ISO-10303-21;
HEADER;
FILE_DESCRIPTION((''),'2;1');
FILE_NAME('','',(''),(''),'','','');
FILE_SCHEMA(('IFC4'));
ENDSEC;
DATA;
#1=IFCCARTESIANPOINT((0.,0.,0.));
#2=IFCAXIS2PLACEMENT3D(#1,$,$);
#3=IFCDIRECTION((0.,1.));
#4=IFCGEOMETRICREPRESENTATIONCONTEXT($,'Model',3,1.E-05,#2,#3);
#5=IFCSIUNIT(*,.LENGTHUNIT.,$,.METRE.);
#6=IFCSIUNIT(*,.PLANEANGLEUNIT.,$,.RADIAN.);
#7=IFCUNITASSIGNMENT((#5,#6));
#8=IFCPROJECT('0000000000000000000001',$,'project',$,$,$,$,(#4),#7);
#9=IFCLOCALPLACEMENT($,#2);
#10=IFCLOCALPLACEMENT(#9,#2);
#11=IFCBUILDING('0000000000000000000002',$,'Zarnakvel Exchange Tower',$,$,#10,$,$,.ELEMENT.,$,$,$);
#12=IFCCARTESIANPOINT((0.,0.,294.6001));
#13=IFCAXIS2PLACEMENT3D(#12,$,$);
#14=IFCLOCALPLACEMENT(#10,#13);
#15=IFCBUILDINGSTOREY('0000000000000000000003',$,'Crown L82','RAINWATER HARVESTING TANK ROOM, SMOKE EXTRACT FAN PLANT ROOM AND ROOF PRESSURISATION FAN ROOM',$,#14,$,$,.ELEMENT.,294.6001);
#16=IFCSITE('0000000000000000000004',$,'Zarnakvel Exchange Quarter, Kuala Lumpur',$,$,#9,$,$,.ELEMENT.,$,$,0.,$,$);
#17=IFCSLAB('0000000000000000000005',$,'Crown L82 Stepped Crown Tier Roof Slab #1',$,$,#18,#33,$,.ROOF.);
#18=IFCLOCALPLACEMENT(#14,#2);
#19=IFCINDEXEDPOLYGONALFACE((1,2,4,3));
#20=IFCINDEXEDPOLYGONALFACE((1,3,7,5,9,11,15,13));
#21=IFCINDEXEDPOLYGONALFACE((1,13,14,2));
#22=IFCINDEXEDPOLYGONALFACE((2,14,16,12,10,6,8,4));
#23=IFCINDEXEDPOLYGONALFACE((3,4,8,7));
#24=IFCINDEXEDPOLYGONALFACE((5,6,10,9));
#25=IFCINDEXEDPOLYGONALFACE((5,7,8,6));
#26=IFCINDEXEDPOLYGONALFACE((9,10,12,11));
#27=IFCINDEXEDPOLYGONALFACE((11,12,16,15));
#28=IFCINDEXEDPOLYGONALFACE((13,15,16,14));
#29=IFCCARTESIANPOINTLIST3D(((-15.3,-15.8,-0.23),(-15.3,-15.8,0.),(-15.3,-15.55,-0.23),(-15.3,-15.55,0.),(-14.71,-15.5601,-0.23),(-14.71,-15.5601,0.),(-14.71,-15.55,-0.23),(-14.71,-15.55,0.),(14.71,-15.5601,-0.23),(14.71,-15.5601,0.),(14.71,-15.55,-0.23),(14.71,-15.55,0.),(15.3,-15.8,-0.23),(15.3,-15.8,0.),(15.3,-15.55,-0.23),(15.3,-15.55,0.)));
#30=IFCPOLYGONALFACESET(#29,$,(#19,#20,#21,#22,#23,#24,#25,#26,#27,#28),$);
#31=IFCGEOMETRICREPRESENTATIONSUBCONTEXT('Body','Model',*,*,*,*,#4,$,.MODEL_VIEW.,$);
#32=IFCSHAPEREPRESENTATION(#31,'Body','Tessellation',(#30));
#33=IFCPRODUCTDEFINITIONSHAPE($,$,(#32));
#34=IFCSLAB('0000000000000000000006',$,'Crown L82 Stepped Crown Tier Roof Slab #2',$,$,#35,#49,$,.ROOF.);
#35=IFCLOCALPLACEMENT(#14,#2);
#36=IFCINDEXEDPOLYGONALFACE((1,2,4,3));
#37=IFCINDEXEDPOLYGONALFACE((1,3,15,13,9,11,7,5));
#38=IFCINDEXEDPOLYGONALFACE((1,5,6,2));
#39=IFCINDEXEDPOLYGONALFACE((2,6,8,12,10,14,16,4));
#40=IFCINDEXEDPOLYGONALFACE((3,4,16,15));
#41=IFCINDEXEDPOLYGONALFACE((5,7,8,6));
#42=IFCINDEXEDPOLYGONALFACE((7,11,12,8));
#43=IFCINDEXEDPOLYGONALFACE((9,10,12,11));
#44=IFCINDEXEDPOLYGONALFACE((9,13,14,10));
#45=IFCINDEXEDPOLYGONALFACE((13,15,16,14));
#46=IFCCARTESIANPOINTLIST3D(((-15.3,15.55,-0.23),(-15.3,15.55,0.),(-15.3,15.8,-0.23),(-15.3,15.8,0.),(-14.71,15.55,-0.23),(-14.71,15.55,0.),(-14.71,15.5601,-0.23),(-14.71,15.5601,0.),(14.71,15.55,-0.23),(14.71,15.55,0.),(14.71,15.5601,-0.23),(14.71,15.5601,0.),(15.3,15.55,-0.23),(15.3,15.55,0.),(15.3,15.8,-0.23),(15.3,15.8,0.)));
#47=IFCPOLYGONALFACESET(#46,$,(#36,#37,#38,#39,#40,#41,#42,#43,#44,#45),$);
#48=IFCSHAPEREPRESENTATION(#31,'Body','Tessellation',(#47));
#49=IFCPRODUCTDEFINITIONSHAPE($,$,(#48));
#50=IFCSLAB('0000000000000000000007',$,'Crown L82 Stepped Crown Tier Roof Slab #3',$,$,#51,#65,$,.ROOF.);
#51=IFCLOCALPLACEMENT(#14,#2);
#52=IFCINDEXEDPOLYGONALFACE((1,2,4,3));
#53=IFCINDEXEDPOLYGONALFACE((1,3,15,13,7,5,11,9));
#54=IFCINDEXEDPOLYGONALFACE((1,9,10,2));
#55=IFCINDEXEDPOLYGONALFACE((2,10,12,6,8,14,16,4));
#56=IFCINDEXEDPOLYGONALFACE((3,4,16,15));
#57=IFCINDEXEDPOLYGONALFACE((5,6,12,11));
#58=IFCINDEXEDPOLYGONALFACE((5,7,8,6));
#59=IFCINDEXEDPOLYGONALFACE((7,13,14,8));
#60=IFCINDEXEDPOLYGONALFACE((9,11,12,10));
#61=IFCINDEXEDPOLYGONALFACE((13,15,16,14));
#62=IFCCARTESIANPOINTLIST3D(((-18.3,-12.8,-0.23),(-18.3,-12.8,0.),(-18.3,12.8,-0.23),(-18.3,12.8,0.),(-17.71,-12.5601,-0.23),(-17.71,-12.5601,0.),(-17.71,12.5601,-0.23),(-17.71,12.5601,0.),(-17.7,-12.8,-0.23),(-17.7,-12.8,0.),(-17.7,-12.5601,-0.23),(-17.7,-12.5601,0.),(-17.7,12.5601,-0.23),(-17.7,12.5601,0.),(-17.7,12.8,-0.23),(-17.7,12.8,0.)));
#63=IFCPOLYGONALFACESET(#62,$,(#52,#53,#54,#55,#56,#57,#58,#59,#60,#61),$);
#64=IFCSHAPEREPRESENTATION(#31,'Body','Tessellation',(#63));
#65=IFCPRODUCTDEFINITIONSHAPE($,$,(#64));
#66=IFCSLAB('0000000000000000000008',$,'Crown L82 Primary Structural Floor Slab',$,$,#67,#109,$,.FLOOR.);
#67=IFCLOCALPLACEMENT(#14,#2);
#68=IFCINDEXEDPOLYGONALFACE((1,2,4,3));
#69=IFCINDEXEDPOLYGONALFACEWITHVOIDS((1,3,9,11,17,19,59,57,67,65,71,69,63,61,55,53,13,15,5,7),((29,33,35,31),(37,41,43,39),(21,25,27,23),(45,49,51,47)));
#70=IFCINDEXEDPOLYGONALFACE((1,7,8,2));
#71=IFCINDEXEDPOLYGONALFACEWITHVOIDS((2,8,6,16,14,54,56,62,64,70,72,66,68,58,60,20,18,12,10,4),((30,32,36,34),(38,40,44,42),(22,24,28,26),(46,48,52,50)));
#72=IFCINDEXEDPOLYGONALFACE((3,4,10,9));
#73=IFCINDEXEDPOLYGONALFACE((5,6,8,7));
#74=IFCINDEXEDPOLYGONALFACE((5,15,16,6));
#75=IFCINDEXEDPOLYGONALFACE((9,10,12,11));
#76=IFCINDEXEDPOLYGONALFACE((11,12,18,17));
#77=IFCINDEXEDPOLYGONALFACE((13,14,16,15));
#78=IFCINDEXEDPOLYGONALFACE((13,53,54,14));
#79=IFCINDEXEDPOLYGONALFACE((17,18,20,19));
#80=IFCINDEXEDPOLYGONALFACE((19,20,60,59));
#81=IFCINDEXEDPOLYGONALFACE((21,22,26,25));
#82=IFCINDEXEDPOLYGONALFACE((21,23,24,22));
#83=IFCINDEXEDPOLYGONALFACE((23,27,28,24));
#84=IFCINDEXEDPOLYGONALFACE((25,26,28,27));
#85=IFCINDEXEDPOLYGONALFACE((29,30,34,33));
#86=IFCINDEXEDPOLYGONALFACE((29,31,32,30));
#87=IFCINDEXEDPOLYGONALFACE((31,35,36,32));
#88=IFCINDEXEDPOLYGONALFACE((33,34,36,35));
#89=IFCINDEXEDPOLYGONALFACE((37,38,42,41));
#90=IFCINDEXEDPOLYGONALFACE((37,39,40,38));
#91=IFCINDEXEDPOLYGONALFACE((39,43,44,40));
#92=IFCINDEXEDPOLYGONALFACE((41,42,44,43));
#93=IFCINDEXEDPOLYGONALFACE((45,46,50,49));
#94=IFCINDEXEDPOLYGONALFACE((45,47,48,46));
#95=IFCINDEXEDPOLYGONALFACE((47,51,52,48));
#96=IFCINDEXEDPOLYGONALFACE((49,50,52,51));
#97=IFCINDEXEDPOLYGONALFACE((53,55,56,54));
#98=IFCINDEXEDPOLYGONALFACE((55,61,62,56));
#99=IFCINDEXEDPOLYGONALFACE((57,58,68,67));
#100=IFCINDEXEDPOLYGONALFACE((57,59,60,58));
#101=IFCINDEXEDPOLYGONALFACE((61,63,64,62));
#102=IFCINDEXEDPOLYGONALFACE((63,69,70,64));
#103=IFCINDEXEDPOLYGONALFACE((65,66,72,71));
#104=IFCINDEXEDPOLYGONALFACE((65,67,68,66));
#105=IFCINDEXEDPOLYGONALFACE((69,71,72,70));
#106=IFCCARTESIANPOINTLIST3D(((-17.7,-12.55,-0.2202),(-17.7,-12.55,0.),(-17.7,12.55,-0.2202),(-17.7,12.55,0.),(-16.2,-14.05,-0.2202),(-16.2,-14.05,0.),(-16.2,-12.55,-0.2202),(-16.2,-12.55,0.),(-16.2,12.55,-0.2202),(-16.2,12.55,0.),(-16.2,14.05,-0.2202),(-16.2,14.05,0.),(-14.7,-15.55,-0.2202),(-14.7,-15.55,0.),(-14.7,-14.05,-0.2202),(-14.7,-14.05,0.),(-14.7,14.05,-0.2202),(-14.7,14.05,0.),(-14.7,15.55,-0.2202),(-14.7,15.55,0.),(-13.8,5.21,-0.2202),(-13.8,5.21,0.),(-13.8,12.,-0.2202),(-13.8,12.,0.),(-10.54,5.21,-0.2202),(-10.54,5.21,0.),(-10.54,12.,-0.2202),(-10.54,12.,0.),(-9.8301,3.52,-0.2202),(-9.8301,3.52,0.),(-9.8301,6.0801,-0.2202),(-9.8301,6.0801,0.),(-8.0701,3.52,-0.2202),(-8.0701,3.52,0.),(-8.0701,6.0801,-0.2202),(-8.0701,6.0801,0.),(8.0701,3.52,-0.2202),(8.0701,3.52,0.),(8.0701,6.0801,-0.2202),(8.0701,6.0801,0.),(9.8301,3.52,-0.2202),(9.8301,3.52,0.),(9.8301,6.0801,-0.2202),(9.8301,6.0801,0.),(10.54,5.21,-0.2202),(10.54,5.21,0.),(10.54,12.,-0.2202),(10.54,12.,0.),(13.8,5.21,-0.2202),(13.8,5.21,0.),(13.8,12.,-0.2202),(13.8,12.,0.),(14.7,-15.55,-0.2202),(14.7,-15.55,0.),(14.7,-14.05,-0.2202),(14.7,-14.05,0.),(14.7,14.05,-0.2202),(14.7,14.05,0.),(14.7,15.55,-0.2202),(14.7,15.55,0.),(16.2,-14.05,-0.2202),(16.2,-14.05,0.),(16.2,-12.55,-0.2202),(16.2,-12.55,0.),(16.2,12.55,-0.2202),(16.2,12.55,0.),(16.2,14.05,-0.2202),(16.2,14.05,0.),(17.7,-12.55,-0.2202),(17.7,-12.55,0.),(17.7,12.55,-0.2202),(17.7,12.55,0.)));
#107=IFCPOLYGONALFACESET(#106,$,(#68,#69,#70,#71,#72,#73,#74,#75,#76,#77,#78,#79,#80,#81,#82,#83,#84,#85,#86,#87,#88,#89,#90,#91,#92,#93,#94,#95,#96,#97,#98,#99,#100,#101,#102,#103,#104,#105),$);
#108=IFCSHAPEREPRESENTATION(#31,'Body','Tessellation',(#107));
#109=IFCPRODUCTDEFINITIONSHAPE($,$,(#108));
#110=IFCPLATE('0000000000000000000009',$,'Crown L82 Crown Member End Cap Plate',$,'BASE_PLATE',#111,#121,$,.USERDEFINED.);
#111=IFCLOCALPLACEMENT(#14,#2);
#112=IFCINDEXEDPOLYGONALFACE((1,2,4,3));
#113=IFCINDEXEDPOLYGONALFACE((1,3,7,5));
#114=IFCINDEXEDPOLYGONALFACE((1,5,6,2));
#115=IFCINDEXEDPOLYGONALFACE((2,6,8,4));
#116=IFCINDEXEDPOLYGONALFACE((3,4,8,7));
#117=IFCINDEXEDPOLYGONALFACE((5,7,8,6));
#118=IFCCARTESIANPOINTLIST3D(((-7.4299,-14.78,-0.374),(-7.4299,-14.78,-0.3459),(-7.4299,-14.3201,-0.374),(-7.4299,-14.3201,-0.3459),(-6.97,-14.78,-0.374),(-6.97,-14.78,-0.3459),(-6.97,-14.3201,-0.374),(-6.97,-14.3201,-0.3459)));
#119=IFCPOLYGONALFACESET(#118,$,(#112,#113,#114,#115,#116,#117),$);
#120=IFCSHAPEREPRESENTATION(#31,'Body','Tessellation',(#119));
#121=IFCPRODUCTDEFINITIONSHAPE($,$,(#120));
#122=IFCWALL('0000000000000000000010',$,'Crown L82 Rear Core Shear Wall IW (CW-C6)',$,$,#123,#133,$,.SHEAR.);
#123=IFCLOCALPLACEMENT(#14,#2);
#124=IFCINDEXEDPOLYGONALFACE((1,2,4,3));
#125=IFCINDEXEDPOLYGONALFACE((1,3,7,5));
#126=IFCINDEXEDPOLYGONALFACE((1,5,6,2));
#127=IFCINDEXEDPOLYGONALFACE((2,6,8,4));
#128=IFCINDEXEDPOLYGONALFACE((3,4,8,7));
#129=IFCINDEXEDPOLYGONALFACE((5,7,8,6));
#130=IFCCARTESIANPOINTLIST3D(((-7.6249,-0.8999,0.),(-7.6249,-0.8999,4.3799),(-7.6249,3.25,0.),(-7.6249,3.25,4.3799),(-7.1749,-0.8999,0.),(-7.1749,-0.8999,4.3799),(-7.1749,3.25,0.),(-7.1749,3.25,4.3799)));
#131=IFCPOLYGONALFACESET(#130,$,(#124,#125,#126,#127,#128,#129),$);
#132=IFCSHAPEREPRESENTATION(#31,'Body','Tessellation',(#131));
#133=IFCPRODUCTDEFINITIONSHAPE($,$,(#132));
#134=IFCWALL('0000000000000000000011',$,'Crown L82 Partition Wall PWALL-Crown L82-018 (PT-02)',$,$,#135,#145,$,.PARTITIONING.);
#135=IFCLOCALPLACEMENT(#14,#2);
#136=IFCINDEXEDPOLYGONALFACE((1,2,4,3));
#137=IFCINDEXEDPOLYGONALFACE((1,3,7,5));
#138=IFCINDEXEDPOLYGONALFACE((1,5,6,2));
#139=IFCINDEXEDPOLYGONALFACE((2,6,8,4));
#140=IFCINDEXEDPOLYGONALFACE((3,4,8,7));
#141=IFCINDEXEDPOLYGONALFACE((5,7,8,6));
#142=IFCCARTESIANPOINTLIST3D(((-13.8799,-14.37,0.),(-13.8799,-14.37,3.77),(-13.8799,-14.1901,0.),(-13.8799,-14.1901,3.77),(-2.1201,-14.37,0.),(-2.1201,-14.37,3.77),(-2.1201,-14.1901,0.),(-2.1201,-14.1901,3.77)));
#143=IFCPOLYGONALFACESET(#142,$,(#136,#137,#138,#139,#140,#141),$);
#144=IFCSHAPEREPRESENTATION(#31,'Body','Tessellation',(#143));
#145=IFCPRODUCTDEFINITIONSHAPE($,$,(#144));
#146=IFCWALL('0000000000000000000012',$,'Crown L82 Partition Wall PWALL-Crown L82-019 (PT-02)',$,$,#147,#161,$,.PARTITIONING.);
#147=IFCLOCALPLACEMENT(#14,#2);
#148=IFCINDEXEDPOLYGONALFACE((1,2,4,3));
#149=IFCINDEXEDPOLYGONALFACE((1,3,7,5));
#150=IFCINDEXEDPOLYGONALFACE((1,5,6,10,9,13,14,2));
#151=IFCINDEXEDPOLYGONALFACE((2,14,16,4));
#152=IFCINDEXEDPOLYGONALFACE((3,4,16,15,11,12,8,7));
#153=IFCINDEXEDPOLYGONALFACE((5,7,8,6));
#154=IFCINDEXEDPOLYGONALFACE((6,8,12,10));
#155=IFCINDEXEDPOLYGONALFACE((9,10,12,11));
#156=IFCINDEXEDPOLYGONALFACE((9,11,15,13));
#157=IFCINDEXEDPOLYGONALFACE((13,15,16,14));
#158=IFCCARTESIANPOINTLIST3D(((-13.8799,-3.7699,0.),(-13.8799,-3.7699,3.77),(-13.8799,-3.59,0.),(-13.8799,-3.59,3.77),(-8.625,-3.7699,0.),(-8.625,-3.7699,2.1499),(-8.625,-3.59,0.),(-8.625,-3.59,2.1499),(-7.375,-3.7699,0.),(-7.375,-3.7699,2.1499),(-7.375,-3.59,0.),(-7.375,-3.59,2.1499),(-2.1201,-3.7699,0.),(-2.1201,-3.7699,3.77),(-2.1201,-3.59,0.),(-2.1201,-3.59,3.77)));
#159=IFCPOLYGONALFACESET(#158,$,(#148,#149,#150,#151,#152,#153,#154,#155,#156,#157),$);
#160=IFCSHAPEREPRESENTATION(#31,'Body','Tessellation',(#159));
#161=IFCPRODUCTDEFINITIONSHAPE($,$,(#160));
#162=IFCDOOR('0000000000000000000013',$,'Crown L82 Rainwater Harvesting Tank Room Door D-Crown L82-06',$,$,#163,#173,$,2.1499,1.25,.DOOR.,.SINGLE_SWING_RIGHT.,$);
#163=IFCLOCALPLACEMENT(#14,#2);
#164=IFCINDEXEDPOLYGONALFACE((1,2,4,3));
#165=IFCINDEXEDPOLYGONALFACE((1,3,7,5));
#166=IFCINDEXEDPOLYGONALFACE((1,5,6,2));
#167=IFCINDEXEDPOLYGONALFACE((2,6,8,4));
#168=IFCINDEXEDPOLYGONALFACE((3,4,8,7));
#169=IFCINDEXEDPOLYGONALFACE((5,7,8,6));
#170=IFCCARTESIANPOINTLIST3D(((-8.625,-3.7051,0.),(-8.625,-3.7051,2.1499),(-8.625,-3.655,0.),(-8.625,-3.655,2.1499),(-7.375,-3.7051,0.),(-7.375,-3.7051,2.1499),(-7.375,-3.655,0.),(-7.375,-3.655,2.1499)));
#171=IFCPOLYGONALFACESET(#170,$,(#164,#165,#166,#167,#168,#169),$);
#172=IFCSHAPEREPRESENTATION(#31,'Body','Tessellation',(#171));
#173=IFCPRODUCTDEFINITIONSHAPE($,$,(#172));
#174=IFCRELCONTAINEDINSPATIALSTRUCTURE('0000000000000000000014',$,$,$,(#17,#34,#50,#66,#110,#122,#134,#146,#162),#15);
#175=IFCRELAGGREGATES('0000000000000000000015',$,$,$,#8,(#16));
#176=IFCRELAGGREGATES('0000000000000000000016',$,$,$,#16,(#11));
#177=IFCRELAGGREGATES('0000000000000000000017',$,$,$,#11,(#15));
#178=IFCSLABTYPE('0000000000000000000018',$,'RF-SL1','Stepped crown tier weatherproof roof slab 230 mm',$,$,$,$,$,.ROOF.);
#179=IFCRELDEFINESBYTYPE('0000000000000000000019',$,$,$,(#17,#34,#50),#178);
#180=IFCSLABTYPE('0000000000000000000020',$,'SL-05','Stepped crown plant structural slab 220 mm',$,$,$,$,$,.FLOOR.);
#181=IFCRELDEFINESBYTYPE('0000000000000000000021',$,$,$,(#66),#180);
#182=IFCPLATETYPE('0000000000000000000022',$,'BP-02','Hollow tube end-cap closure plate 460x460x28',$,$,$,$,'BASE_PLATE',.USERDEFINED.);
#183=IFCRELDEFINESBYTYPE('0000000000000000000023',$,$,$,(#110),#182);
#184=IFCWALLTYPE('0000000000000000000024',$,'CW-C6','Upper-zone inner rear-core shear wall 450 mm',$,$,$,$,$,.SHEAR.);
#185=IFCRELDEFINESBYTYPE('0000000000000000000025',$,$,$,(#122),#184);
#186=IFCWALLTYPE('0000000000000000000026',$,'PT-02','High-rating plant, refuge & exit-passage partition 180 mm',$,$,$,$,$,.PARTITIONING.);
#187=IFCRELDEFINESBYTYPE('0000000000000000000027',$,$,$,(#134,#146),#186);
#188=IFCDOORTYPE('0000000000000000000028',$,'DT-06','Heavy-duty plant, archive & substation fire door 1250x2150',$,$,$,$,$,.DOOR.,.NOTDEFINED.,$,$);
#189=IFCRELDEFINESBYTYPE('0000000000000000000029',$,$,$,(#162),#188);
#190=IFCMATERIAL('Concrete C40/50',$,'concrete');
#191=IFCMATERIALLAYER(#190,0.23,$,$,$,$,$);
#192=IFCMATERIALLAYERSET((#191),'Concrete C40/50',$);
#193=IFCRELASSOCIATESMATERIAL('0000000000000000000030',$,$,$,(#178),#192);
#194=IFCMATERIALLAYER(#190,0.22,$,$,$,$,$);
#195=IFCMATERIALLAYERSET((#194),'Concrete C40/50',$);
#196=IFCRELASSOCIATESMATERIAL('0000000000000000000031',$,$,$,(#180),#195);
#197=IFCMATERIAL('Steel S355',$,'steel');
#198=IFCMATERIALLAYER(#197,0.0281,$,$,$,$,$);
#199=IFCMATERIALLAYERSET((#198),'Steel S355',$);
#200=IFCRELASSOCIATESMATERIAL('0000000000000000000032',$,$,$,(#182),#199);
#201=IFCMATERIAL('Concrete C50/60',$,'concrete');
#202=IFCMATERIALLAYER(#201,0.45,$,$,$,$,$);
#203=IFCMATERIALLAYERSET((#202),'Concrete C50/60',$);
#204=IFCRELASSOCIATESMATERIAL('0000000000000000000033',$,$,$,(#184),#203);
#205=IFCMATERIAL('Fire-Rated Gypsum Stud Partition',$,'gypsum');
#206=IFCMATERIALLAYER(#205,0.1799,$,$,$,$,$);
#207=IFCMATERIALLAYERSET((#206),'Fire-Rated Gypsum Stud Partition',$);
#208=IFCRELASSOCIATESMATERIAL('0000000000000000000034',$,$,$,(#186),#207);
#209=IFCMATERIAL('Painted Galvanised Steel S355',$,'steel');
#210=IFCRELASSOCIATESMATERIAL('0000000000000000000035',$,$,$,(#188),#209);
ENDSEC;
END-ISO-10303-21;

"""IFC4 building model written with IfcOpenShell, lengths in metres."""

from ifc_helpers import new_model, si_unit, direction, frame, frame_2d, origin, origin_2d, place, context, subcontext, project, spatial, polyline, rectangle, outline, extrude, source, transform, mapped, material, layer, layer_set, type_object, element, fill, save


model = new_model("IFC4")

# Units and contexts
model_context = context("Model", 3, precision=1e-05, world=origin(), true_north=direction((0.0, 1.0)))
body_context = subcontext(model_context, "Body", "Model", "MODEL_VIEW")
ifc_project = project(units=[si_unit("LENGTHUNIT", "METRE"), si_unit("PLANEANGLEUNIT", "RADIAN")], contexts=[model_context])

# Site, building, storey
site_placement = place(None, origin())
site = spatial("IfcSite", under=ifc_project, at=site_placement, Name="Zarnakvel Exchange Quarter, Kuala Lumpur", CompositionType="ELEMENT", RefElevation=0.0)
building_placement = place(site_placement, origin())
building = spatial("IfcBuilding", under=site, at=building_placement, Name="Zarnakvel Exchange Tower", CompositionType="ELEMENT")
storey_placement = place(building_placement, frame((0.0, 0.0, 294.6001)))
storey = spatial("IfcBuildingStorey", under=building, at=storey_placement, Name="Crown L82", Description="RAINWATER HARVESTING TANK ROOM, SMOKE EXTRACT FAN PLANT ROOM AND ROOF PRESSURISATION FAN ROOM", CompositionType="ELEMENT", Elevation=294.6001)

# Shared definitions
ifc_material_1 = material(Name="Concrete C50/60", Category="concrete")

# Shared definitions
ifc_material_2 = material(Name="Steel S355", Category="steel")

# Slabs
ifc_material_3 = material(Name="Concrete C40/50", Category="concrete")
ifc_layer_1 = layer(ifc_material_3, 0.23)
ifc_layer_set_1 = layer_set([ifc_layer_1], Name="Concrete C40/50")
slab_type_1 = type_object("IfcSlabType", Name="RF-SL1", Description="Stepped crown tier weatherproof roof slab 230 mm", PredefinedType="ROOF", material=ifc_layer_set_1)
slab_1_placement = place(storey_placement, frame((0.0, 0.0, -0.23)))
element("IfcSlab", 1, at=slab_1_placement, inside=storey, type_object=slab_type_1, Name="Crown L82 Stepped Crown Tier Roof Slab #1", PredefinedType="ROOF", context=body_context, shape_type="SweptSolid", body=[
    extrude(outline(polyline([(15.3, -15.8), (-15.3, -15.8), (-15.3, -15.55), (-14.71, -15.55), (-14.71, -15.5601), (14.71, -15.5601), (14.71, -15.55), (15.3, -15.55), (15.3, -15.8)])), origin(), (0.0, 0.0, 1.0), 0.23),
])
slab_2_placement = place(storey_placement, frame((0.0, 0.0, -0.23)))
element("IfcSlab", 2, at=slab_2_placement, inside=storey, type_object=slab_type_1, Name="Crown L82 Stepped Crown Tier Roof Slab #2", PredefinedType="ROOF", context=body_context, shape_type="SweptSolid", body=[
    extrude(outline(polyline([(-15.3, 15.8), (15.3, 15.8), (15.3, 15.55), (14.71, 15.55), (14.71, 15.5601), (-14.71, 15.5601), (-14.71, 15.55), (-15.3, 15.55), (-15.3, 15.8)])), origin(), (0.0, 0.0, 1.0), 0.23),
])
slab_3_placement = place(storey_placement, frame((0.0, 0.0, -0.23)))
element("IfcSlab", 3, at=slab_3_placement, inside=storey, type_object=slab_type_1, Name="Crown L82 Stepped Crown Tier Roof Slab #3", PredefinedType="ROOF", context=body_context, shape_type="SweptSolid", body=[
    extrude(outline(polyline([(-17.7, 12.8), (-17.7, 12.5601), (-17.71, 12.5601), (-17.71, -12.5601), (-17.7, -12.5601), (-17.7, -12.8), (-18.3, -12.8), (-18.3, 12.8), (-17.7, 12.8)])), origin(), (0.0, 0.0, 1.0), 0.23),
])
ifc_layer_2 = layer(ifc_material_3, 0.22)
ifc_layer_set_2 = layer_set([ifc_layer_2], Name="Concrete C40/50")
slab_type_2 = type_object("IfcSlabType", Name="SL-05", Description="Stepped crown plant structural slab 220 mm", PredefinedType="FLOOR", material=ifc_layer_set_2)
slab_4_placement = place(storey_placement, frame((0.0, 0.0, -0.2202)))
element("IfcSlab", 4, at=slab_4_placement, inside=storey, type_object=slab_type_2, Name="Crown L82 Primary Structural Floor Slab", PredefinedType="FLOOR", context=body_context, shape_type="SweptSolid", body=[
    extrude(outline(polyline([(-17.7, -12.55), (-16.2, -12.55), (-16.2, -14.05), (-14.7, -14.05), (-14.7, -15.55), (14.7, -15.55), (14.7, -14.05), (16.2, -14.05), (16.2, -12.55), (17.7, -12.55), (17.7, 12.55), (16.2, 12.55), (16.2, 14.05), (14.7, 14.05), (14.7, 15.55), (-14.7, 15.55), (-14.7, 14.05), (-16.2, 14.05), (-16.2, 12.55), (-17.7, 12.55), (-17.7, -12.55)]), holes=[polyline([(-13.8, 5.21), (-10.54, 5.21), (-10.54, 12.0), (-13.8, 12.0), (-13.8, 5.21)]), polyline([(10.54, 5.21), (13.8, 5.21), (13.8, 12.0), (10.54, 12.0), (10.54, 5.21)]), polyline([(-9.8301, 3.52), (-8.0701, 3.52), (-8.0701, 6.0801), (-9.8301, 6.0801), (-9.8301, 3.52)]), polyline([(8.0701, 3.52), (9.8301, 3.52), (9.8301, 6.0801), (8.0701, 6.0801), (8.0701, 3.52)])]), origin(), (0.0, 0.0, 1.0), 0.2202),
])

# Plate
ifc_layer_3 = layer(ifc_material_2, 0.0281)
ifc_layer_set_3 = layer_set([ifc_layer_3], Name="Steel S355")
plate_type = type_object("IfcPlateType", Name="BP-02", Description="Hollow tube end-cap closure plate 460x460x28", ElementType="BASE_PLATE", PredefinedType="USERDEFINED", material=ifc_layer_set_3)
shared_shape_1 = source(origin(), body_context, "Body", "SweptSolid", [
    extrude(rectangle(XDim=0.46, YDim=0.46, at=origin_2d()), origin(), (0.0, 0.0, 1.0), 0.0281),
])
plate_placement = place(storey_placement, frame((-7.2, -14.55, -0.374), z_axis=(0.0, 0.0, 1.0), x_axis=(1.0, 0.0, 0.0)))
element("IfcPlate", 5, at=plate_placement, inside=storey, type_object=plate_type, Name="Crown L82 Crown Member End Cap Plate", ObjectType="BASE_PLATE", PredefinedType="USERDEFINED", context=body_context, shape_type="MappedRepresentation", body=[
    mapped(shared_shape_1, transform((0.0, 0.0, 0.0), x_axis=(1.0, 0.0, 0.0), y_axis=(0.0, 1.0, 0.0), z_axis=(0.0, 0.0, 1.0), scale=1.0)),
])

# Shared definitions
ifc_material_4 = material(Name="Painted Galvanised Steel S355", Category="steel")

# Walls
ifc_layer_4 = layer(ifc_material_1, 0.45)
ifc_layer_set_4 = layer_set([ifc_layer_4], Name="Concrete C50/60")
wall_type_1 = type_object("IfcWallType", Name="CW-C6", Description="Upper-zone inner rear-core shear wall 450 mm", PredefinedType="SHEAR", material=ifc_layer_set_4)
wall_1_placement = place(storey_placement, frame((-7.3999, -0.8999, 0.0), z_axis=(0.0, 0.0, 1.0), x_axis=(0.0, 1.0, 0.0)))
element("IfcWall", 6, at=wall_1_placement, inside=storey, type_object=wall_type_1, Name="Crown L82 Rear Core Shear Wall IW (CW-C6)", PredefinedType="SHEAR", context=body_context, shape_type="SweptSolid", body=[
    extrude(rectangle(XDim=4.1499, YDim=0.45, at=frame_2d((2.075, 0.0))), origin(), (0.0, 0.0, 1.0), 4.3799),
])
ifc_material_5 = material(Name="Fire-Rated Gypsum Stud Partition", Category="gypsum")
ifc_layer_5 = layer(ifc_material_5, 0.1799)
ifc_layer_set_5 = layer_set([ifc_layer_5], Name="Fire-Rated Gypsum Stud Partition")
wall_type_2 = type_object("IfcWallType", Name="PT-02", Description="High-rating plant, refuge & exit-passage partition 180 mm", PredefinedType="PARTITIONING", material=ifc_layer_set_5)
wall_2_placement = place(storey_placement, frame((-2.1201, -14.28, 0.0), z_axis=(0.0, 0.0, 1.0), x_axis=(-1.0, 0.0, 0.0)))
element("IfcWall", 7, at=wall_2_placement, inside=storey, type_object=wall_type_2, Name="Crown L82 Partition Wall PWALL-Crown L82-018 (PT-02)", PredefinedType="PARTITIONING", context=body_context, shape_type="SweptSolid", body=[
    extrude(rectangle(XDim=11.7598, YDim=0.1799, at=frame_2d((5.8799, 0.0))), origin(), (0.0, 0.0, 1.0), 3.77),
])

# Wall, opening, door
wall_3_placement = place(storey_placement, frame((-13.8799, -3.6799, 0.0), z_axis=(0.0, 0.0, 1.0), x_axis=(1.0, 0.0, 0.0)))
wall_3 = element("IfcWall", 8, at=wall_3_placement, inside=storey, type_object=wall_type_2, Name="Crown L82 Partition Wall PWALL-Crown L82-019 (PT-02)", PredefinedType="PARTITIONING", context=body_context, shape_type="SweptSolid", body=[
    extrude(rectangle(XDim=11.7598, YDim=0.1799, at=frame_2d((5.8799, 0.0))), origin(), (0.0, 0.0, 1.0), 3.77),
])
opening_1_placement = place(wall_3_placement, frame((5.2549, 0.0, 0.0)))
opening_1 = element("IfcOpeningElement", 9, at=opening_1_placement, cuts=wall_3, PredefinedType="OPENING", context=body_context, shape_type="SweptSolid", body=[
    extrude(rectangle(XDim=1.25, YDim=2.1499, at=frame_2d((0.625, 1.075))), frame((0.0, 0.0999, 0.0), z_axis=(0.0, -1.0, 0.0), x_axis=(1.0, 0.0, 0.0)), (0.0, 0.0, 1.0), 0.2),
])
door_type_1 = type_object("IfcDoorType", Name="DT-06", Description="Heavy-duty plant, archive & substation fire door 1250x2150", OperationType="NOTDEFINED", PredefinedType="DOOR", material=ifc_material_4)
shared_shape_2 = source(origin(), body_context, "Body", "SweptSolid", [
    extrude(rectangle(XDim=1.25, YDim=2.1499, at=frame_2d((0.625, 1.075))), frame((0.0, 0.0249, 0.0), z_axis=(0.0, -1.0, 0.0), x_axis=(1.0, 0.0, 0.0)), (0.0, 0.0, 1.0), 0.05),
])
door_1_placement = place(opening_1_placement, origin())
door_1 = element("IfcDoor", 10, at=door_1_placement, inside=storey, type_object=door_type_1, Name="Crown L82 Rainwater Harvesting Tank Room Door D-Crown L82-06", OperationType="SINGLE_SWING_RIGHT", OverallHeight=2.1499, OverallWidth=1.25, PredefinedType="DOOR", context=body_context, shape_type="MappedRepresentation", body=[
    mapped(shared_shape_2, transform((0.0, 0.0, 0.0), x_axis=(1.0, 0.0, 0.0), y_axis=(0.0, 1.0, 0.0), z_axis=(0.0, 0.0, 1.0), scale=1.0)),
])
fill(opening_1, door_1)

save(model, "model.ifc")
